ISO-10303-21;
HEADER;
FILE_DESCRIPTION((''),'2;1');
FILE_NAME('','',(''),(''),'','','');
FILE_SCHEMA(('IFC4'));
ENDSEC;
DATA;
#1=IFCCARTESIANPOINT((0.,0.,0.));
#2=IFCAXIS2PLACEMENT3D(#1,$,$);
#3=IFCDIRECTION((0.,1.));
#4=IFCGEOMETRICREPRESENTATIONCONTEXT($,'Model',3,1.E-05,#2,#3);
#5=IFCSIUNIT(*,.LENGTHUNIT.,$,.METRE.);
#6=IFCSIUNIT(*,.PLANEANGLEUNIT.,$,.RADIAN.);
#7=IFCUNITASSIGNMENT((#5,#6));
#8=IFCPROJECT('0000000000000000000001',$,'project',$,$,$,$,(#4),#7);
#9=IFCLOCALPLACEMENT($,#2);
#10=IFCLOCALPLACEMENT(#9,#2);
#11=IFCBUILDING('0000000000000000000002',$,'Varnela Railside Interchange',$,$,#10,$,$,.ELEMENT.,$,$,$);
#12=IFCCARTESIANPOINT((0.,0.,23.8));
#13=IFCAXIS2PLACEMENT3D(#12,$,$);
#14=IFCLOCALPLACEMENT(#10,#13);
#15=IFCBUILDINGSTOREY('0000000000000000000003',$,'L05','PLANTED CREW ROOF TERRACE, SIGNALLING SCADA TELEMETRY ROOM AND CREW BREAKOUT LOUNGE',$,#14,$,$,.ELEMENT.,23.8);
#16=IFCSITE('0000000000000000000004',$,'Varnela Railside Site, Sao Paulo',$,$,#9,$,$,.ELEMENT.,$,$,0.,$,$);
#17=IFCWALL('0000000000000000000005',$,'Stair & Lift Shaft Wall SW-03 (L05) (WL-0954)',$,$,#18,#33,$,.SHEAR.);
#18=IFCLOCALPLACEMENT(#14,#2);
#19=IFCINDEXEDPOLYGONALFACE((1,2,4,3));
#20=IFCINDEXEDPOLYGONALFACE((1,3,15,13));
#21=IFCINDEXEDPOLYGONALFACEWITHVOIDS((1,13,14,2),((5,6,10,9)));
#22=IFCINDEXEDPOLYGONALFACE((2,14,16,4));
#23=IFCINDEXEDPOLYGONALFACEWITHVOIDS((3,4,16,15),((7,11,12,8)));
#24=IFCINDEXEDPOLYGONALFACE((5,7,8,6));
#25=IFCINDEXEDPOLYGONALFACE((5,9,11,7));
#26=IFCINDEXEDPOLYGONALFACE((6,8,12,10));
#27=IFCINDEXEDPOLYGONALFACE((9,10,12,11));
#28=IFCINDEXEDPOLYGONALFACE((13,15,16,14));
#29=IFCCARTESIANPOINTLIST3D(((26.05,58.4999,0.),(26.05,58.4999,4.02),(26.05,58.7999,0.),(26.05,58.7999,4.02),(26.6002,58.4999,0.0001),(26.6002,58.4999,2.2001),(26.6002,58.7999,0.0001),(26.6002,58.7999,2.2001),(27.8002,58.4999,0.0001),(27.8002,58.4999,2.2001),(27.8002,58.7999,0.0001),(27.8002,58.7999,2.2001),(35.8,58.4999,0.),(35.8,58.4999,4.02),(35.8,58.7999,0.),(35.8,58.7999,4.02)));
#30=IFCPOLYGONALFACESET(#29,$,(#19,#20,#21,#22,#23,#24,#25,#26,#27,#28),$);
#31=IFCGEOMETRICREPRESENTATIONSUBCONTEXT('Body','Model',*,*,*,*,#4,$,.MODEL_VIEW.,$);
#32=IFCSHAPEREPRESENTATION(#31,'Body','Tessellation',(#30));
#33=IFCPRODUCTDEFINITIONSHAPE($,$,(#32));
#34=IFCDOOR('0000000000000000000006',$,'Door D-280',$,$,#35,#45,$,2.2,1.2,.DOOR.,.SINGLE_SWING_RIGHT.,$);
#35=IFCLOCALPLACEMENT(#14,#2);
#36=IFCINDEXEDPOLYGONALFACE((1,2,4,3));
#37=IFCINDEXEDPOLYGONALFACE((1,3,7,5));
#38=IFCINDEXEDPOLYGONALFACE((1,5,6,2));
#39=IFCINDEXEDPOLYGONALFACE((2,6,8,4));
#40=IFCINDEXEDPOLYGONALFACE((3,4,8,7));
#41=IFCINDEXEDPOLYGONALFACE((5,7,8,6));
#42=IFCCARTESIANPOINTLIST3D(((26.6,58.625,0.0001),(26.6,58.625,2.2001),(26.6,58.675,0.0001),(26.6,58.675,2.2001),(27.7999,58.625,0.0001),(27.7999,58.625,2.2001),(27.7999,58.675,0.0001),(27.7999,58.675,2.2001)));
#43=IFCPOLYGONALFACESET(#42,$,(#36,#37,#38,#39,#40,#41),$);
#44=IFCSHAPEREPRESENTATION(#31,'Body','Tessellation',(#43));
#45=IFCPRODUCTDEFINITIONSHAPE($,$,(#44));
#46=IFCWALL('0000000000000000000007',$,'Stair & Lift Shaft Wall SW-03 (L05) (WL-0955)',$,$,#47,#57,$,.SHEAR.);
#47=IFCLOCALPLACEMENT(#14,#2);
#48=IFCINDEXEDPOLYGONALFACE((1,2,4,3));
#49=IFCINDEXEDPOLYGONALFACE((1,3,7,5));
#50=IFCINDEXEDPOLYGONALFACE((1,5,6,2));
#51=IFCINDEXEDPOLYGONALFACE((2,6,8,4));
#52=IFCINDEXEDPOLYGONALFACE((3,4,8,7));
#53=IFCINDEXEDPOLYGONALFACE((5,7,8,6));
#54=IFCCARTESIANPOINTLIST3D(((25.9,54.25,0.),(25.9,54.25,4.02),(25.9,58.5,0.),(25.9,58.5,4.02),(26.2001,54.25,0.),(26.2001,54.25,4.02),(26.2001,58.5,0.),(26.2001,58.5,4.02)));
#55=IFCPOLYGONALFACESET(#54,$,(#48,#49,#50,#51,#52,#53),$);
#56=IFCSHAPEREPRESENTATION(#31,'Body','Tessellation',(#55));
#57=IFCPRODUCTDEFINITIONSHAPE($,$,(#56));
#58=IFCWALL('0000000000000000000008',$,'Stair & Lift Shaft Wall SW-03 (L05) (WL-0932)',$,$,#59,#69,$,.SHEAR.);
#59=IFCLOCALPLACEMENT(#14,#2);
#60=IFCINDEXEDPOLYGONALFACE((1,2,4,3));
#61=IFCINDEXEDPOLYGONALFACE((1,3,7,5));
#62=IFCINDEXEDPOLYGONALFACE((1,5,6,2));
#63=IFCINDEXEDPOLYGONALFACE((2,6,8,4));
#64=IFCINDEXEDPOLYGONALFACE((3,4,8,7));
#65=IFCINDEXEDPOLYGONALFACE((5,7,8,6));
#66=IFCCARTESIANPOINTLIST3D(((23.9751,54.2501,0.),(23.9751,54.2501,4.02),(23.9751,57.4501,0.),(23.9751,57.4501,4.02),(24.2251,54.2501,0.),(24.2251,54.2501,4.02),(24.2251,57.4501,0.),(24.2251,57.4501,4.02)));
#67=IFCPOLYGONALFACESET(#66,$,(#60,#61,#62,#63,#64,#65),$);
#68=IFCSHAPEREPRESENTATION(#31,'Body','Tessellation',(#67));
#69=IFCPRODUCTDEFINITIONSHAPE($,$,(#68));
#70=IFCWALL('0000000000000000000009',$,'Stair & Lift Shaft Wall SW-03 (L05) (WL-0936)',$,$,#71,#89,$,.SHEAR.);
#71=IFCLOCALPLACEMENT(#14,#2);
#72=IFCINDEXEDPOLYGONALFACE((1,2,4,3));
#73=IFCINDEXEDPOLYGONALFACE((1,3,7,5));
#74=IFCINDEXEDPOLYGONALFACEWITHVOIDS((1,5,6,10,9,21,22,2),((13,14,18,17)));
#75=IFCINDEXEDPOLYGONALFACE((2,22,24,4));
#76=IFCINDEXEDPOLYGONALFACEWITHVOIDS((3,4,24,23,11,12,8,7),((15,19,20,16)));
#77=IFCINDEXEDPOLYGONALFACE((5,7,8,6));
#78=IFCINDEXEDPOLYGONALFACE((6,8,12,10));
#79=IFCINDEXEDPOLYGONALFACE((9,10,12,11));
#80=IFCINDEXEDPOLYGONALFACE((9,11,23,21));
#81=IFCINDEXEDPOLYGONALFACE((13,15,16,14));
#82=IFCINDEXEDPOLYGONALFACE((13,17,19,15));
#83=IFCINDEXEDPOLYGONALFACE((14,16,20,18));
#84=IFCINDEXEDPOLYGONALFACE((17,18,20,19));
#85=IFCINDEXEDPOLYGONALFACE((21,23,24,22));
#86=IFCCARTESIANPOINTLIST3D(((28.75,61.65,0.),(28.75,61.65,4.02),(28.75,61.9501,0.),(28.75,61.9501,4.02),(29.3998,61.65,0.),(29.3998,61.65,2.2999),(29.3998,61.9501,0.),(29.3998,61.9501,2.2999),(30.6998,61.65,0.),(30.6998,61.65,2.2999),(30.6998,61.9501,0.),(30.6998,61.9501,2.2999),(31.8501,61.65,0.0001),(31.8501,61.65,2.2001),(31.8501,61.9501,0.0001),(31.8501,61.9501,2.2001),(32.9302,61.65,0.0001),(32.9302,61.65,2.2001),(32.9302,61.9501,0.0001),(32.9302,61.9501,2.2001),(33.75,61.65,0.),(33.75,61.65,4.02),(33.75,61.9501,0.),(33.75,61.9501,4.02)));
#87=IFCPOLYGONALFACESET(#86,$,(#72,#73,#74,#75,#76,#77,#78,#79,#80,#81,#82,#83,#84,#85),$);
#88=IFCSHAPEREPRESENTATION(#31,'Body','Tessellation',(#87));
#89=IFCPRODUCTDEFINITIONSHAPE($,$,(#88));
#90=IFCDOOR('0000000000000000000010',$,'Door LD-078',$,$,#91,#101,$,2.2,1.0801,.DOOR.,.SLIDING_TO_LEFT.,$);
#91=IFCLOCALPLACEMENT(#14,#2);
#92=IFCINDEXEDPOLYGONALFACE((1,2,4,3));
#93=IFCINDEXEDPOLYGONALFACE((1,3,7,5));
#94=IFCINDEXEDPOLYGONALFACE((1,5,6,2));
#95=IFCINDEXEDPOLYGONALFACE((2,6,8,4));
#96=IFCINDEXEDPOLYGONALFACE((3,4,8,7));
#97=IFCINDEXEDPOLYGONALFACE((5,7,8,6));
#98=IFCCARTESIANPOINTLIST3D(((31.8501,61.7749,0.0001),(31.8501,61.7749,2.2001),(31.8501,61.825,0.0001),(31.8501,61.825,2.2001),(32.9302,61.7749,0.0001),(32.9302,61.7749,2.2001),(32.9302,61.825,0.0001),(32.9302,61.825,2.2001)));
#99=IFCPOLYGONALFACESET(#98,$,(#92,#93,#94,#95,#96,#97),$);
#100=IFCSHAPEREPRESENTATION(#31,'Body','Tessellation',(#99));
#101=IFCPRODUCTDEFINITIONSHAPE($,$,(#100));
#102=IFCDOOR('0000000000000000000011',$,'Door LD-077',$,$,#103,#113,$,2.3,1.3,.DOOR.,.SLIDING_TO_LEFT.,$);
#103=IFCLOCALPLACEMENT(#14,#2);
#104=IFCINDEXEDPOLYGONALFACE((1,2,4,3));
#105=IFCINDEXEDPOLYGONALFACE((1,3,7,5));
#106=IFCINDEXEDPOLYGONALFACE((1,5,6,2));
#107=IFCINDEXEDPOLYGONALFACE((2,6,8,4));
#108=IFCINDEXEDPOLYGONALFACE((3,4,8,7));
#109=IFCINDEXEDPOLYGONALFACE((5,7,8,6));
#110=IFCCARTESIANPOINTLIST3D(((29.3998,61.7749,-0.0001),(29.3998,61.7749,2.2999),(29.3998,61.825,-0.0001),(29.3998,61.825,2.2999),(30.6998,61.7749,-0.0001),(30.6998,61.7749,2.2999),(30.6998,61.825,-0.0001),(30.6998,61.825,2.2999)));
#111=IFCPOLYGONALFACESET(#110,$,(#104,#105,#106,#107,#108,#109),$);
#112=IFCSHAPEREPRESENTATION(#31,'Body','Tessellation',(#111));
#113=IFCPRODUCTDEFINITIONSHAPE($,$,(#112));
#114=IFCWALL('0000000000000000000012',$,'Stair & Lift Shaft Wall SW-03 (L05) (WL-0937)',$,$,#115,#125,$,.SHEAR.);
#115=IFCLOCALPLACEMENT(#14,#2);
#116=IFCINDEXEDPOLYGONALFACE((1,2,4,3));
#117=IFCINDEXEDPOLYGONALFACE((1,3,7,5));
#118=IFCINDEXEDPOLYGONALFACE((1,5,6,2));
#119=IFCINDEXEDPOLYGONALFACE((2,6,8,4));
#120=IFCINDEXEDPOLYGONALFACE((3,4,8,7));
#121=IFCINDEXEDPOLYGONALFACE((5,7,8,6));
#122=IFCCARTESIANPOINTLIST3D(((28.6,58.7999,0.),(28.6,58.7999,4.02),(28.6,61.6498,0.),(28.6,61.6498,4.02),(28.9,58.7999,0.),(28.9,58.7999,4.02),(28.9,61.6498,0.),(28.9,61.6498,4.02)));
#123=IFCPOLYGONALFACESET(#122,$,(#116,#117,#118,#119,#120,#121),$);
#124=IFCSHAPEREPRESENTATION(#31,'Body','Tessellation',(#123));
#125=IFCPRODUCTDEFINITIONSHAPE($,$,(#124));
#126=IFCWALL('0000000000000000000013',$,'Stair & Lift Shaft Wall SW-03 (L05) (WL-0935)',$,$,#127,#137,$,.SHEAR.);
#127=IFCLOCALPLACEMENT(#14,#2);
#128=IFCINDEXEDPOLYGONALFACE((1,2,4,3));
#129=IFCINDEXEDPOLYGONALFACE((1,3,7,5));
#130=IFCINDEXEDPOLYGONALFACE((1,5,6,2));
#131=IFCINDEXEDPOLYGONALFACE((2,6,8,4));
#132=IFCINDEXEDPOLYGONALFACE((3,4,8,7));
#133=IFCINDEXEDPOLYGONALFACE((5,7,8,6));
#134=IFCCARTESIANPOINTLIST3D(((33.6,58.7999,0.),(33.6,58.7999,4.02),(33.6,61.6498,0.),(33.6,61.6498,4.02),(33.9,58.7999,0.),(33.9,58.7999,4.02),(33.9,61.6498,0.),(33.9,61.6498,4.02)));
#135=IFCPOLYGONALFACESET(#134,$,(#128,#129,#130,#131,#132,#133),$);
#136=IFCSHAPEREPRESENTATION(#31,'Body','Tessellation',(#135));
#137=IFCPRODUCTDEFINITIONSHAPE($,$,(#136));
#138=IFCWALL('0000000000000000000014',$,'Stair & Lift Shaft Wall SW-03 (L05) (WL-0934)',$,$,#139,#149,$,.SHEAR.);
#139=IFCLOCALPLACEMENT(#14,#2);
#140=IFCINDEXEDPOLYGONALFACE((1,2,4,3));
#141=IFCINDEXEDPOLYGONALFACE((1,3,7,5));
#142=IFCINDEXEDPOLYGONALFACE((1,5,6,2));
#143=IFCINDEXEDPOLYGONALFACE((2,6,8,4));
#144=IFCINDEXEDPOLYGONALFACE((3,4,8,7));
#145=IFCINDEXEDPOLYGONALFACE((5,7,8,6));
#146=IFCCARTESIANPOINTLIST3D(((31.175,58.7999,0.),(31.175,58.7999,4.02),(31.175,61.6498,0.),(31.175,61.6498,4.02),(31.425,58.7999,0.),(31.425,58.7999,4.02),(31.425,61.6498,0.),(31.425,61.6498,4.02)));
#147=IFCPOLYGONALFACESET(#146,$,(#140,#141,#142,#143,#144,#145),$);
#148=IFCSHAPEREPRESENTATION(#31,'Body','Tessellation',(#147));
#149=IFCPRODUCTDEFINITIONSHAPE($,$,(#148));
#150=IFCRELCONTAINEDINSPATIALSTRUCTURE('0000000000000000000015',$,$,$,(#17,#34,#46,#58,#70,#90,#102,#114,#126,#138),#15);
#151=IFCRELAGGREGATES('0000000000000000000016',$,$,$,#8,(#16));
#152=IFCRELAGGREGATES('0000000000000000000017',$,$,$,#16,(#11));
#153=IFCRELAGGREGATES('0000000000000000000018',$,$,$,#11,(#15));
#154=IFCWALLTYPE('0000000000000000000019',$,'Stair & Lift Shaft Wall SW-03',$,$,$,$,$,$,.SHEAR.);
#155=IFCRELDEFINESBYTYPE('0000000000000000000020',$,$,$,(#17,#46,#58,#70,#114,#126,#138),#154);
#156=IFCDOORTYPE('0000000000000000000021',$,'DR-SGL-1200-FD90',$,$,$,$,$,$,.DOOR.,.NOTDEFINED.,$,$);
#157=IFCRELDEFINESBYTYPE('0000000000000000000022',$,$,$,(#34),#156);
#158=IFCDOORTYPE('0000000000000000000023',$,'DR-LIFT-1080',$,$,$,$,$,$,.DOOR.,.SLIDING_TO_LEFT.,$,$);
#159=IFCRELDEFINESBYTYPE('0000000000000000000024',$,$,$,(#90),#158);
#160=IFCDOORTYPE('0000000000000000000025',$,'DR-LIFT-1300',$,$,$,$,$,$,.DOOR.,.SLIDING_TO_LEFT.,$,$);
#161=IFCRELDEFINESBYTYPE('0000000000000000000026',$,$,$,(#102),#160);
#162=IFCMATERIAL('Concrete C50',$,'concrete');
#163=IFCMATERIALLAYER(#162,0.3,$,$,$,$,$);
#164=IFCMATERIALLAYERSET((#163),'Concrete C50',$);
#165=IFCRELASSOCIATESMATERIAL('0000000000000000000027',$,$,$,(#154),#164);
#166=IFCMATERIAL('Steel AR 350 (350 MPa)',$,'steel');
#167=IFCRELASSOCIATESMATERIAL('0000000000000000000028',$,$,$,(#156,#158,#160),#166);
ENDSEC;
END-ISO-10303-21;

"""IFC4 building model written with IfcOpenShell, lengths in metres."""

from ifc_helpers import new_model, si_unit, direction, frame, frame_2d, origin, place, context, subcontext, project, spatial, rectangle, extrude, material, layer, layer_set, type_object, element, fill, save


model = new_model("IFC4")

# Units and contexts
model_context = context("Model", 3, precision=1e-05, world=origin(), true_north=direction((0.0, 1.0)))
body_context = subcontext(model_context, "Body", "Model", "MODEL_VIEW")
ifc_project = project(units=[si_unit("LENGTHUNIT", "METRE"), si_unit("PLANEANGLEUNIT", "RADIAN")], contexts=[model_context])

# Site, building, storey
site_placement = place(None, origin())
site = spatial("IfcSite", under=ifc_project, at=site_placement, Name="Varnela Railside Site, Sao Paulo", CompositionType="ELEMENT", RefElevation=0.0)
building_placement = place(site_placement, origin())
building = spatial("IfcBuilding", under=site, at=building_placement, Name="Varnela Railside Interchange", CompositionType="ELEMENT")
storey_placement = place(building_placement, frame((0.0, 0.0, 23.8)))
storey = spatial("IfcBuildingStorey", under=building, at=storey_placement, Name="L05", Description="PLANTED CREW ROOF TERRACE, SIGNALLING SCADA TELEMETRY ROOM AND CREW BREAKOUT LOUNGE", CompositionType="ELEMENT", Elevation=23.8)

# Shared definitions
ifc_material_1 = material(Name="Steel AR 350 (350 MPa)", Category="steel")

# Shared definitions
ifc_material_2 = material(Name="Concrete C50", Category="concrete")

# Wall, opening, door
ifc_layer_1 = layer(ifc_material_2, 0.3)
ifc_layer_set_1 = layer_set([ifc_layer_1], Name="Concrete C50")
wall_type_1 = type_object("IfcWallType", Name="Stair & Lift Shaft Wall SW-03", PredefinedType="SHEAR", material=ifc_layer_set_1)
wall_1_placement = place(storey_placement, frame((26.05, 58.6499, 0.0), z_axis=(0.0, 0.0, 1.0), x_axis=(1.0, 0.0, 0.0)))
wall_1 = element("IfcWall", 1, at=wall_1_placement, inside=storey, type_object=wall_type_1, Name="Stair & Lift Shaft Wall SW-03 (L05) (WL-0954)", PredefinedType="SHEAR", context=body_context, shape_type="SweptSolid", body=[
    extrude(rectangle(XDim=9.75, YDim=0.3, at=frame_2d((4.875, 0.0))), origin(), (0.0, 0.0, 1.0), 4.02),
])
opening_1_placement = place(wall_1_placement, frame((0.55, 0.0, 0.0)))
opening_1 = element("IfcOpeningElement", 2, at=opening_1_placement, cuts=wall_1, PredefinedType="OPENING", context=body_context, shape_type="SweptSolid", body=[
    extrude(rectangle(XDim=1.2, YDim=2.2, at=frame_2d((0.6001, 1.1001))), frame((0.0, 0.1599, 0.0), z_axis=(0.0, -1.0, 0.0), x_axis=(1.0, 0.0, 0.0)), (0.0, 0.0, 1.0), 0.3201),
])
door_type_1 = type_object("IfcDoorType", Name="DR-SGL-1200-FD90", OperationType="NOTDEFINED", PredefinedType="DOOR", material=ifc_material_1)
door_1_placement = place(opening_1_placement, frame((1.2, 0.0, 0.0), z_axis=(0.0, 0.0, 1.0), x_axis=(-1.0, 0.0, 0.0)))
door_1 = element("IfcDoor", 3, at=door_1_placement, inside=storey, type_object=door_type_1, Name="Door D-280", OperationType="SINGLE_SWING_RIGHT", OverallHeight=2.2, OverallWidth=1.2, PredefinedType="DOOR", context=body_context, shape_type="SweptSolid", body=[
    extrude(rectangle(XDim=1.2, YDim=2.2, at=frame_2d((0.6001, 1.1001))), frame((0.0, 0.0249, 0.0), z_axis=(0.0, -1.0, 0.0), x_axis=(1.0, 0.0, 0.0)), (0.0, 0.0, 1.0), 0.05),
])
fill(opening_1, door_1)

# Walls
wall_2_placement = place(storey_placement, frame((26.05, 54.25, 0.0), z_axis=(0.0, 0.0, 1.0), x_axis=(0.0, 1.0, 0.0)))
element("IfcWall", 4, at=wall_2_placement, inside=storey, type_object=wall_type_1, Name="Stair & Lift Shaft Wall SW-03 (L05) (WL-0955)", PredefinedType="SHEAR", context=body_context, shape_type="SweptSolid", body=[
    extrude(rectangle(XDim=4.25, YDim=0.3, at=frame_2d((2.125, 0.0))), origin(), (0.0, 0.0, 1.0), 4.02),
])
wall_3_placement = place(storey_placement, frame((24.1001, 54.25, 0.0), z_axis=(0.0, 0.0, 1.0), x_axis=(0.0, 1.0, 0.0)))
element("IfcWall", 5, at=wall_3_placement, inside=storey, type_object=wall_type_1, Name="Stair & Lift Shaft Wall SW-03 (L05) (WL-0932)", PredefinedType="SHEAR", context=body_context, shape_type="SweptSolid", body=[
    extrude(rectangle(XDim=3.2, YDim=0.25, at=frame_2d((1.6001, 0.0))), origin(), (0.0, 0.0, 1.0), 4.02),
])

# Wall, openings, doors
wall_4_placement = place(storey_placement, frame((28.75, 61.8, 0.0), z_axis=(0.0, 0.0, 1.0), x_axis=(1.0, 0.0, 0.0)))
wall_4 = element("IfcWall", 6, at=wall_4_placement, inside=storey, type_object=wall_type_1, Name="Stair & Lift Shaft Wall SW-03 (L05) (WL-0936)", PredefinedType="SHEAR", context=body_context, shape_type="SweptSolid", body=[
    extrude(rectangle(XDim=5.0, YDim=0.3, at=frame_2d((2.5, 0.0))), origin(), (0.0, 0.0, 1.0), 4.02),
])
opening_2_placement = place(wall_4_placement, frame((0.6499, 0.0, 0.0)))
opening_2 = element("IfcOpeningElement", 7, at=opening_2_placement, cuts=wall_4, PredefinedType="OPENING", context=body_context, shape_type="SweptSolid", body=[
    extrude(rectangle(XDim=1.3, YDim=2.3, at=frame_2d((0.6499, 1.1499))), frame((0.0, 0.1599, 0.0), z_axis=(0.0, -1.0, 0.0), x_axis=(1.0, 0.0, 0.0)), (0.0, 0.0, 1.0), 0.3201),
])
opening_3_placement = place(wall_4_placement, frame((3.1001, 0.0, 0.0)))
opening_3 = element("IfcOpeningElement", 8, at=opening_3_placement, cuts=wall_4, PredefinedType="OPENING", context=body_context, shape_type="SweptSolid", body=[
    extrude(rectangle(XDim=1.0801, YDim=2.2, at=frame_2d((0.54, 1.1001))), frame((0.0, 0.1599, 0.0), z_axis=(0.0, -1.0, 0.0), x_axis=(1.0, 0.0, 0.0)), (0.0, 0.0, 1.0), 0.3201),
])
door_type_2 = type_object("IfcDoorType", Name="DR-LIFT-1080", OperationType="SLIDING_TO_LEFT", PredefinedType="DOOR", material=ifc_material_1)
door_2_placement = place(opening_3_placement, origin())
door_2 = element("IfcDoor", 9, at=door_2_placement, inside=storey, type_object=door_type_2, Name="Door LD-078", OperationType="SLIDING_TO_LEFT", OverallHeight=2.2, OverallWidth=1.0801, PredefinedType="DOOR", context=body_context, shape_type="SweptSolid", body=[
    extrude(rectangle(XDim=1.0801, YDim=2.2, at=frame_2d((0.54, 1.1001))), frame((0.0, 0.0249, 0.0), z_axis=(0.0, -1.0, 0.0), x_axis=(1.0, 0.0, 0.0)), (0.0, 0.0, 1.0), 0.05),
])
fill(opening_3, door_2)
door_type_3 = type_object("IfcDoorType", Name="DR-LIFT-1300", OperationType="SLIDING_TO_LEFT", PredefinedType="DOOR", material=ifc_material_1)
door_3_placement = place(opening_2_placement, origin())
door_3 = element("IfcDoor", 10, at=door_3_placement, inside=storey, type_object=door_type_3, Name="Door LD-077", OperationType="SLIDING_TO_LEFT", OverallHeight=2.3, OverallWidth=1.3, PredefinedType="DOOR", context=body_context, shape_type="SweptSolid", body=[
    extrude(rectangle(XDim=1.3, YDim=2.3, at=frame_2d((0.6499, 1.1499))), frame((0.0, 0.0249, 0.0), z_axis=(0.0, -1.0, 0.0), x_axis=(1.0, 0.0, 0.0)), (0.0, 0.0, 1.0), 0.05),
])
fill(opening_2, door_3)

# Walls
for number, where, z_axis, x_axis, name in (
    (11, (28.75, 58.8, 0.0), (0.0, 0.0, 1.0), (0.0, 1.0, 0.0), "Stair & Lift Shaft Wall SW-03 (L05) (WL-0937)"),
    (12, (33.75, 58.8, 0.0), (0.0, 0.0, 1.0), (0.0, 1.0, 0.0), "Stair & Lift Shaft Wall SW-03 (L05) (WL-0935)"),
):
    element("IfcWall", number, at=place(storey_placement, frame(where, z_axis=z_axis, x_axis=x_axis)), inside=storey, type_object=wall_type_1, Name=name, PredefinedType="SHEAR", context=body_context, shape_type="SweptSolid", body=[
        extrude(rectangle(XDim=2.8499, YDim=0.3, at=frame_2d((1.4248, 0.0))), origin(), (0.0, 0.0, 1.0), 4.02),
    ])
wall_5_placement = place(storey_placement, frame((31.3, 58.8, 0.0), z_axis=(0.0, 0.0, 1.0), x_axis=(0.0, 1.0, 0.0)))
element("IfcWall", 13, at=wall_5_placement, inside=storey, type_object=wall_type_1, Name="Stair & Lift Shaft Wall SW-03 (L05) (WL-0934)", PredefinedType="SHEAR", context=body_context, shape_type="SweptSolid", body=[
    extrude(rectangle(XDim=2.8499, YDim=0.25, at=frame_2d((1.4248, 0.0))), origin(), (0.0, 0.0, 1.0), 4.02),
])

save(model, "model.ifc")
